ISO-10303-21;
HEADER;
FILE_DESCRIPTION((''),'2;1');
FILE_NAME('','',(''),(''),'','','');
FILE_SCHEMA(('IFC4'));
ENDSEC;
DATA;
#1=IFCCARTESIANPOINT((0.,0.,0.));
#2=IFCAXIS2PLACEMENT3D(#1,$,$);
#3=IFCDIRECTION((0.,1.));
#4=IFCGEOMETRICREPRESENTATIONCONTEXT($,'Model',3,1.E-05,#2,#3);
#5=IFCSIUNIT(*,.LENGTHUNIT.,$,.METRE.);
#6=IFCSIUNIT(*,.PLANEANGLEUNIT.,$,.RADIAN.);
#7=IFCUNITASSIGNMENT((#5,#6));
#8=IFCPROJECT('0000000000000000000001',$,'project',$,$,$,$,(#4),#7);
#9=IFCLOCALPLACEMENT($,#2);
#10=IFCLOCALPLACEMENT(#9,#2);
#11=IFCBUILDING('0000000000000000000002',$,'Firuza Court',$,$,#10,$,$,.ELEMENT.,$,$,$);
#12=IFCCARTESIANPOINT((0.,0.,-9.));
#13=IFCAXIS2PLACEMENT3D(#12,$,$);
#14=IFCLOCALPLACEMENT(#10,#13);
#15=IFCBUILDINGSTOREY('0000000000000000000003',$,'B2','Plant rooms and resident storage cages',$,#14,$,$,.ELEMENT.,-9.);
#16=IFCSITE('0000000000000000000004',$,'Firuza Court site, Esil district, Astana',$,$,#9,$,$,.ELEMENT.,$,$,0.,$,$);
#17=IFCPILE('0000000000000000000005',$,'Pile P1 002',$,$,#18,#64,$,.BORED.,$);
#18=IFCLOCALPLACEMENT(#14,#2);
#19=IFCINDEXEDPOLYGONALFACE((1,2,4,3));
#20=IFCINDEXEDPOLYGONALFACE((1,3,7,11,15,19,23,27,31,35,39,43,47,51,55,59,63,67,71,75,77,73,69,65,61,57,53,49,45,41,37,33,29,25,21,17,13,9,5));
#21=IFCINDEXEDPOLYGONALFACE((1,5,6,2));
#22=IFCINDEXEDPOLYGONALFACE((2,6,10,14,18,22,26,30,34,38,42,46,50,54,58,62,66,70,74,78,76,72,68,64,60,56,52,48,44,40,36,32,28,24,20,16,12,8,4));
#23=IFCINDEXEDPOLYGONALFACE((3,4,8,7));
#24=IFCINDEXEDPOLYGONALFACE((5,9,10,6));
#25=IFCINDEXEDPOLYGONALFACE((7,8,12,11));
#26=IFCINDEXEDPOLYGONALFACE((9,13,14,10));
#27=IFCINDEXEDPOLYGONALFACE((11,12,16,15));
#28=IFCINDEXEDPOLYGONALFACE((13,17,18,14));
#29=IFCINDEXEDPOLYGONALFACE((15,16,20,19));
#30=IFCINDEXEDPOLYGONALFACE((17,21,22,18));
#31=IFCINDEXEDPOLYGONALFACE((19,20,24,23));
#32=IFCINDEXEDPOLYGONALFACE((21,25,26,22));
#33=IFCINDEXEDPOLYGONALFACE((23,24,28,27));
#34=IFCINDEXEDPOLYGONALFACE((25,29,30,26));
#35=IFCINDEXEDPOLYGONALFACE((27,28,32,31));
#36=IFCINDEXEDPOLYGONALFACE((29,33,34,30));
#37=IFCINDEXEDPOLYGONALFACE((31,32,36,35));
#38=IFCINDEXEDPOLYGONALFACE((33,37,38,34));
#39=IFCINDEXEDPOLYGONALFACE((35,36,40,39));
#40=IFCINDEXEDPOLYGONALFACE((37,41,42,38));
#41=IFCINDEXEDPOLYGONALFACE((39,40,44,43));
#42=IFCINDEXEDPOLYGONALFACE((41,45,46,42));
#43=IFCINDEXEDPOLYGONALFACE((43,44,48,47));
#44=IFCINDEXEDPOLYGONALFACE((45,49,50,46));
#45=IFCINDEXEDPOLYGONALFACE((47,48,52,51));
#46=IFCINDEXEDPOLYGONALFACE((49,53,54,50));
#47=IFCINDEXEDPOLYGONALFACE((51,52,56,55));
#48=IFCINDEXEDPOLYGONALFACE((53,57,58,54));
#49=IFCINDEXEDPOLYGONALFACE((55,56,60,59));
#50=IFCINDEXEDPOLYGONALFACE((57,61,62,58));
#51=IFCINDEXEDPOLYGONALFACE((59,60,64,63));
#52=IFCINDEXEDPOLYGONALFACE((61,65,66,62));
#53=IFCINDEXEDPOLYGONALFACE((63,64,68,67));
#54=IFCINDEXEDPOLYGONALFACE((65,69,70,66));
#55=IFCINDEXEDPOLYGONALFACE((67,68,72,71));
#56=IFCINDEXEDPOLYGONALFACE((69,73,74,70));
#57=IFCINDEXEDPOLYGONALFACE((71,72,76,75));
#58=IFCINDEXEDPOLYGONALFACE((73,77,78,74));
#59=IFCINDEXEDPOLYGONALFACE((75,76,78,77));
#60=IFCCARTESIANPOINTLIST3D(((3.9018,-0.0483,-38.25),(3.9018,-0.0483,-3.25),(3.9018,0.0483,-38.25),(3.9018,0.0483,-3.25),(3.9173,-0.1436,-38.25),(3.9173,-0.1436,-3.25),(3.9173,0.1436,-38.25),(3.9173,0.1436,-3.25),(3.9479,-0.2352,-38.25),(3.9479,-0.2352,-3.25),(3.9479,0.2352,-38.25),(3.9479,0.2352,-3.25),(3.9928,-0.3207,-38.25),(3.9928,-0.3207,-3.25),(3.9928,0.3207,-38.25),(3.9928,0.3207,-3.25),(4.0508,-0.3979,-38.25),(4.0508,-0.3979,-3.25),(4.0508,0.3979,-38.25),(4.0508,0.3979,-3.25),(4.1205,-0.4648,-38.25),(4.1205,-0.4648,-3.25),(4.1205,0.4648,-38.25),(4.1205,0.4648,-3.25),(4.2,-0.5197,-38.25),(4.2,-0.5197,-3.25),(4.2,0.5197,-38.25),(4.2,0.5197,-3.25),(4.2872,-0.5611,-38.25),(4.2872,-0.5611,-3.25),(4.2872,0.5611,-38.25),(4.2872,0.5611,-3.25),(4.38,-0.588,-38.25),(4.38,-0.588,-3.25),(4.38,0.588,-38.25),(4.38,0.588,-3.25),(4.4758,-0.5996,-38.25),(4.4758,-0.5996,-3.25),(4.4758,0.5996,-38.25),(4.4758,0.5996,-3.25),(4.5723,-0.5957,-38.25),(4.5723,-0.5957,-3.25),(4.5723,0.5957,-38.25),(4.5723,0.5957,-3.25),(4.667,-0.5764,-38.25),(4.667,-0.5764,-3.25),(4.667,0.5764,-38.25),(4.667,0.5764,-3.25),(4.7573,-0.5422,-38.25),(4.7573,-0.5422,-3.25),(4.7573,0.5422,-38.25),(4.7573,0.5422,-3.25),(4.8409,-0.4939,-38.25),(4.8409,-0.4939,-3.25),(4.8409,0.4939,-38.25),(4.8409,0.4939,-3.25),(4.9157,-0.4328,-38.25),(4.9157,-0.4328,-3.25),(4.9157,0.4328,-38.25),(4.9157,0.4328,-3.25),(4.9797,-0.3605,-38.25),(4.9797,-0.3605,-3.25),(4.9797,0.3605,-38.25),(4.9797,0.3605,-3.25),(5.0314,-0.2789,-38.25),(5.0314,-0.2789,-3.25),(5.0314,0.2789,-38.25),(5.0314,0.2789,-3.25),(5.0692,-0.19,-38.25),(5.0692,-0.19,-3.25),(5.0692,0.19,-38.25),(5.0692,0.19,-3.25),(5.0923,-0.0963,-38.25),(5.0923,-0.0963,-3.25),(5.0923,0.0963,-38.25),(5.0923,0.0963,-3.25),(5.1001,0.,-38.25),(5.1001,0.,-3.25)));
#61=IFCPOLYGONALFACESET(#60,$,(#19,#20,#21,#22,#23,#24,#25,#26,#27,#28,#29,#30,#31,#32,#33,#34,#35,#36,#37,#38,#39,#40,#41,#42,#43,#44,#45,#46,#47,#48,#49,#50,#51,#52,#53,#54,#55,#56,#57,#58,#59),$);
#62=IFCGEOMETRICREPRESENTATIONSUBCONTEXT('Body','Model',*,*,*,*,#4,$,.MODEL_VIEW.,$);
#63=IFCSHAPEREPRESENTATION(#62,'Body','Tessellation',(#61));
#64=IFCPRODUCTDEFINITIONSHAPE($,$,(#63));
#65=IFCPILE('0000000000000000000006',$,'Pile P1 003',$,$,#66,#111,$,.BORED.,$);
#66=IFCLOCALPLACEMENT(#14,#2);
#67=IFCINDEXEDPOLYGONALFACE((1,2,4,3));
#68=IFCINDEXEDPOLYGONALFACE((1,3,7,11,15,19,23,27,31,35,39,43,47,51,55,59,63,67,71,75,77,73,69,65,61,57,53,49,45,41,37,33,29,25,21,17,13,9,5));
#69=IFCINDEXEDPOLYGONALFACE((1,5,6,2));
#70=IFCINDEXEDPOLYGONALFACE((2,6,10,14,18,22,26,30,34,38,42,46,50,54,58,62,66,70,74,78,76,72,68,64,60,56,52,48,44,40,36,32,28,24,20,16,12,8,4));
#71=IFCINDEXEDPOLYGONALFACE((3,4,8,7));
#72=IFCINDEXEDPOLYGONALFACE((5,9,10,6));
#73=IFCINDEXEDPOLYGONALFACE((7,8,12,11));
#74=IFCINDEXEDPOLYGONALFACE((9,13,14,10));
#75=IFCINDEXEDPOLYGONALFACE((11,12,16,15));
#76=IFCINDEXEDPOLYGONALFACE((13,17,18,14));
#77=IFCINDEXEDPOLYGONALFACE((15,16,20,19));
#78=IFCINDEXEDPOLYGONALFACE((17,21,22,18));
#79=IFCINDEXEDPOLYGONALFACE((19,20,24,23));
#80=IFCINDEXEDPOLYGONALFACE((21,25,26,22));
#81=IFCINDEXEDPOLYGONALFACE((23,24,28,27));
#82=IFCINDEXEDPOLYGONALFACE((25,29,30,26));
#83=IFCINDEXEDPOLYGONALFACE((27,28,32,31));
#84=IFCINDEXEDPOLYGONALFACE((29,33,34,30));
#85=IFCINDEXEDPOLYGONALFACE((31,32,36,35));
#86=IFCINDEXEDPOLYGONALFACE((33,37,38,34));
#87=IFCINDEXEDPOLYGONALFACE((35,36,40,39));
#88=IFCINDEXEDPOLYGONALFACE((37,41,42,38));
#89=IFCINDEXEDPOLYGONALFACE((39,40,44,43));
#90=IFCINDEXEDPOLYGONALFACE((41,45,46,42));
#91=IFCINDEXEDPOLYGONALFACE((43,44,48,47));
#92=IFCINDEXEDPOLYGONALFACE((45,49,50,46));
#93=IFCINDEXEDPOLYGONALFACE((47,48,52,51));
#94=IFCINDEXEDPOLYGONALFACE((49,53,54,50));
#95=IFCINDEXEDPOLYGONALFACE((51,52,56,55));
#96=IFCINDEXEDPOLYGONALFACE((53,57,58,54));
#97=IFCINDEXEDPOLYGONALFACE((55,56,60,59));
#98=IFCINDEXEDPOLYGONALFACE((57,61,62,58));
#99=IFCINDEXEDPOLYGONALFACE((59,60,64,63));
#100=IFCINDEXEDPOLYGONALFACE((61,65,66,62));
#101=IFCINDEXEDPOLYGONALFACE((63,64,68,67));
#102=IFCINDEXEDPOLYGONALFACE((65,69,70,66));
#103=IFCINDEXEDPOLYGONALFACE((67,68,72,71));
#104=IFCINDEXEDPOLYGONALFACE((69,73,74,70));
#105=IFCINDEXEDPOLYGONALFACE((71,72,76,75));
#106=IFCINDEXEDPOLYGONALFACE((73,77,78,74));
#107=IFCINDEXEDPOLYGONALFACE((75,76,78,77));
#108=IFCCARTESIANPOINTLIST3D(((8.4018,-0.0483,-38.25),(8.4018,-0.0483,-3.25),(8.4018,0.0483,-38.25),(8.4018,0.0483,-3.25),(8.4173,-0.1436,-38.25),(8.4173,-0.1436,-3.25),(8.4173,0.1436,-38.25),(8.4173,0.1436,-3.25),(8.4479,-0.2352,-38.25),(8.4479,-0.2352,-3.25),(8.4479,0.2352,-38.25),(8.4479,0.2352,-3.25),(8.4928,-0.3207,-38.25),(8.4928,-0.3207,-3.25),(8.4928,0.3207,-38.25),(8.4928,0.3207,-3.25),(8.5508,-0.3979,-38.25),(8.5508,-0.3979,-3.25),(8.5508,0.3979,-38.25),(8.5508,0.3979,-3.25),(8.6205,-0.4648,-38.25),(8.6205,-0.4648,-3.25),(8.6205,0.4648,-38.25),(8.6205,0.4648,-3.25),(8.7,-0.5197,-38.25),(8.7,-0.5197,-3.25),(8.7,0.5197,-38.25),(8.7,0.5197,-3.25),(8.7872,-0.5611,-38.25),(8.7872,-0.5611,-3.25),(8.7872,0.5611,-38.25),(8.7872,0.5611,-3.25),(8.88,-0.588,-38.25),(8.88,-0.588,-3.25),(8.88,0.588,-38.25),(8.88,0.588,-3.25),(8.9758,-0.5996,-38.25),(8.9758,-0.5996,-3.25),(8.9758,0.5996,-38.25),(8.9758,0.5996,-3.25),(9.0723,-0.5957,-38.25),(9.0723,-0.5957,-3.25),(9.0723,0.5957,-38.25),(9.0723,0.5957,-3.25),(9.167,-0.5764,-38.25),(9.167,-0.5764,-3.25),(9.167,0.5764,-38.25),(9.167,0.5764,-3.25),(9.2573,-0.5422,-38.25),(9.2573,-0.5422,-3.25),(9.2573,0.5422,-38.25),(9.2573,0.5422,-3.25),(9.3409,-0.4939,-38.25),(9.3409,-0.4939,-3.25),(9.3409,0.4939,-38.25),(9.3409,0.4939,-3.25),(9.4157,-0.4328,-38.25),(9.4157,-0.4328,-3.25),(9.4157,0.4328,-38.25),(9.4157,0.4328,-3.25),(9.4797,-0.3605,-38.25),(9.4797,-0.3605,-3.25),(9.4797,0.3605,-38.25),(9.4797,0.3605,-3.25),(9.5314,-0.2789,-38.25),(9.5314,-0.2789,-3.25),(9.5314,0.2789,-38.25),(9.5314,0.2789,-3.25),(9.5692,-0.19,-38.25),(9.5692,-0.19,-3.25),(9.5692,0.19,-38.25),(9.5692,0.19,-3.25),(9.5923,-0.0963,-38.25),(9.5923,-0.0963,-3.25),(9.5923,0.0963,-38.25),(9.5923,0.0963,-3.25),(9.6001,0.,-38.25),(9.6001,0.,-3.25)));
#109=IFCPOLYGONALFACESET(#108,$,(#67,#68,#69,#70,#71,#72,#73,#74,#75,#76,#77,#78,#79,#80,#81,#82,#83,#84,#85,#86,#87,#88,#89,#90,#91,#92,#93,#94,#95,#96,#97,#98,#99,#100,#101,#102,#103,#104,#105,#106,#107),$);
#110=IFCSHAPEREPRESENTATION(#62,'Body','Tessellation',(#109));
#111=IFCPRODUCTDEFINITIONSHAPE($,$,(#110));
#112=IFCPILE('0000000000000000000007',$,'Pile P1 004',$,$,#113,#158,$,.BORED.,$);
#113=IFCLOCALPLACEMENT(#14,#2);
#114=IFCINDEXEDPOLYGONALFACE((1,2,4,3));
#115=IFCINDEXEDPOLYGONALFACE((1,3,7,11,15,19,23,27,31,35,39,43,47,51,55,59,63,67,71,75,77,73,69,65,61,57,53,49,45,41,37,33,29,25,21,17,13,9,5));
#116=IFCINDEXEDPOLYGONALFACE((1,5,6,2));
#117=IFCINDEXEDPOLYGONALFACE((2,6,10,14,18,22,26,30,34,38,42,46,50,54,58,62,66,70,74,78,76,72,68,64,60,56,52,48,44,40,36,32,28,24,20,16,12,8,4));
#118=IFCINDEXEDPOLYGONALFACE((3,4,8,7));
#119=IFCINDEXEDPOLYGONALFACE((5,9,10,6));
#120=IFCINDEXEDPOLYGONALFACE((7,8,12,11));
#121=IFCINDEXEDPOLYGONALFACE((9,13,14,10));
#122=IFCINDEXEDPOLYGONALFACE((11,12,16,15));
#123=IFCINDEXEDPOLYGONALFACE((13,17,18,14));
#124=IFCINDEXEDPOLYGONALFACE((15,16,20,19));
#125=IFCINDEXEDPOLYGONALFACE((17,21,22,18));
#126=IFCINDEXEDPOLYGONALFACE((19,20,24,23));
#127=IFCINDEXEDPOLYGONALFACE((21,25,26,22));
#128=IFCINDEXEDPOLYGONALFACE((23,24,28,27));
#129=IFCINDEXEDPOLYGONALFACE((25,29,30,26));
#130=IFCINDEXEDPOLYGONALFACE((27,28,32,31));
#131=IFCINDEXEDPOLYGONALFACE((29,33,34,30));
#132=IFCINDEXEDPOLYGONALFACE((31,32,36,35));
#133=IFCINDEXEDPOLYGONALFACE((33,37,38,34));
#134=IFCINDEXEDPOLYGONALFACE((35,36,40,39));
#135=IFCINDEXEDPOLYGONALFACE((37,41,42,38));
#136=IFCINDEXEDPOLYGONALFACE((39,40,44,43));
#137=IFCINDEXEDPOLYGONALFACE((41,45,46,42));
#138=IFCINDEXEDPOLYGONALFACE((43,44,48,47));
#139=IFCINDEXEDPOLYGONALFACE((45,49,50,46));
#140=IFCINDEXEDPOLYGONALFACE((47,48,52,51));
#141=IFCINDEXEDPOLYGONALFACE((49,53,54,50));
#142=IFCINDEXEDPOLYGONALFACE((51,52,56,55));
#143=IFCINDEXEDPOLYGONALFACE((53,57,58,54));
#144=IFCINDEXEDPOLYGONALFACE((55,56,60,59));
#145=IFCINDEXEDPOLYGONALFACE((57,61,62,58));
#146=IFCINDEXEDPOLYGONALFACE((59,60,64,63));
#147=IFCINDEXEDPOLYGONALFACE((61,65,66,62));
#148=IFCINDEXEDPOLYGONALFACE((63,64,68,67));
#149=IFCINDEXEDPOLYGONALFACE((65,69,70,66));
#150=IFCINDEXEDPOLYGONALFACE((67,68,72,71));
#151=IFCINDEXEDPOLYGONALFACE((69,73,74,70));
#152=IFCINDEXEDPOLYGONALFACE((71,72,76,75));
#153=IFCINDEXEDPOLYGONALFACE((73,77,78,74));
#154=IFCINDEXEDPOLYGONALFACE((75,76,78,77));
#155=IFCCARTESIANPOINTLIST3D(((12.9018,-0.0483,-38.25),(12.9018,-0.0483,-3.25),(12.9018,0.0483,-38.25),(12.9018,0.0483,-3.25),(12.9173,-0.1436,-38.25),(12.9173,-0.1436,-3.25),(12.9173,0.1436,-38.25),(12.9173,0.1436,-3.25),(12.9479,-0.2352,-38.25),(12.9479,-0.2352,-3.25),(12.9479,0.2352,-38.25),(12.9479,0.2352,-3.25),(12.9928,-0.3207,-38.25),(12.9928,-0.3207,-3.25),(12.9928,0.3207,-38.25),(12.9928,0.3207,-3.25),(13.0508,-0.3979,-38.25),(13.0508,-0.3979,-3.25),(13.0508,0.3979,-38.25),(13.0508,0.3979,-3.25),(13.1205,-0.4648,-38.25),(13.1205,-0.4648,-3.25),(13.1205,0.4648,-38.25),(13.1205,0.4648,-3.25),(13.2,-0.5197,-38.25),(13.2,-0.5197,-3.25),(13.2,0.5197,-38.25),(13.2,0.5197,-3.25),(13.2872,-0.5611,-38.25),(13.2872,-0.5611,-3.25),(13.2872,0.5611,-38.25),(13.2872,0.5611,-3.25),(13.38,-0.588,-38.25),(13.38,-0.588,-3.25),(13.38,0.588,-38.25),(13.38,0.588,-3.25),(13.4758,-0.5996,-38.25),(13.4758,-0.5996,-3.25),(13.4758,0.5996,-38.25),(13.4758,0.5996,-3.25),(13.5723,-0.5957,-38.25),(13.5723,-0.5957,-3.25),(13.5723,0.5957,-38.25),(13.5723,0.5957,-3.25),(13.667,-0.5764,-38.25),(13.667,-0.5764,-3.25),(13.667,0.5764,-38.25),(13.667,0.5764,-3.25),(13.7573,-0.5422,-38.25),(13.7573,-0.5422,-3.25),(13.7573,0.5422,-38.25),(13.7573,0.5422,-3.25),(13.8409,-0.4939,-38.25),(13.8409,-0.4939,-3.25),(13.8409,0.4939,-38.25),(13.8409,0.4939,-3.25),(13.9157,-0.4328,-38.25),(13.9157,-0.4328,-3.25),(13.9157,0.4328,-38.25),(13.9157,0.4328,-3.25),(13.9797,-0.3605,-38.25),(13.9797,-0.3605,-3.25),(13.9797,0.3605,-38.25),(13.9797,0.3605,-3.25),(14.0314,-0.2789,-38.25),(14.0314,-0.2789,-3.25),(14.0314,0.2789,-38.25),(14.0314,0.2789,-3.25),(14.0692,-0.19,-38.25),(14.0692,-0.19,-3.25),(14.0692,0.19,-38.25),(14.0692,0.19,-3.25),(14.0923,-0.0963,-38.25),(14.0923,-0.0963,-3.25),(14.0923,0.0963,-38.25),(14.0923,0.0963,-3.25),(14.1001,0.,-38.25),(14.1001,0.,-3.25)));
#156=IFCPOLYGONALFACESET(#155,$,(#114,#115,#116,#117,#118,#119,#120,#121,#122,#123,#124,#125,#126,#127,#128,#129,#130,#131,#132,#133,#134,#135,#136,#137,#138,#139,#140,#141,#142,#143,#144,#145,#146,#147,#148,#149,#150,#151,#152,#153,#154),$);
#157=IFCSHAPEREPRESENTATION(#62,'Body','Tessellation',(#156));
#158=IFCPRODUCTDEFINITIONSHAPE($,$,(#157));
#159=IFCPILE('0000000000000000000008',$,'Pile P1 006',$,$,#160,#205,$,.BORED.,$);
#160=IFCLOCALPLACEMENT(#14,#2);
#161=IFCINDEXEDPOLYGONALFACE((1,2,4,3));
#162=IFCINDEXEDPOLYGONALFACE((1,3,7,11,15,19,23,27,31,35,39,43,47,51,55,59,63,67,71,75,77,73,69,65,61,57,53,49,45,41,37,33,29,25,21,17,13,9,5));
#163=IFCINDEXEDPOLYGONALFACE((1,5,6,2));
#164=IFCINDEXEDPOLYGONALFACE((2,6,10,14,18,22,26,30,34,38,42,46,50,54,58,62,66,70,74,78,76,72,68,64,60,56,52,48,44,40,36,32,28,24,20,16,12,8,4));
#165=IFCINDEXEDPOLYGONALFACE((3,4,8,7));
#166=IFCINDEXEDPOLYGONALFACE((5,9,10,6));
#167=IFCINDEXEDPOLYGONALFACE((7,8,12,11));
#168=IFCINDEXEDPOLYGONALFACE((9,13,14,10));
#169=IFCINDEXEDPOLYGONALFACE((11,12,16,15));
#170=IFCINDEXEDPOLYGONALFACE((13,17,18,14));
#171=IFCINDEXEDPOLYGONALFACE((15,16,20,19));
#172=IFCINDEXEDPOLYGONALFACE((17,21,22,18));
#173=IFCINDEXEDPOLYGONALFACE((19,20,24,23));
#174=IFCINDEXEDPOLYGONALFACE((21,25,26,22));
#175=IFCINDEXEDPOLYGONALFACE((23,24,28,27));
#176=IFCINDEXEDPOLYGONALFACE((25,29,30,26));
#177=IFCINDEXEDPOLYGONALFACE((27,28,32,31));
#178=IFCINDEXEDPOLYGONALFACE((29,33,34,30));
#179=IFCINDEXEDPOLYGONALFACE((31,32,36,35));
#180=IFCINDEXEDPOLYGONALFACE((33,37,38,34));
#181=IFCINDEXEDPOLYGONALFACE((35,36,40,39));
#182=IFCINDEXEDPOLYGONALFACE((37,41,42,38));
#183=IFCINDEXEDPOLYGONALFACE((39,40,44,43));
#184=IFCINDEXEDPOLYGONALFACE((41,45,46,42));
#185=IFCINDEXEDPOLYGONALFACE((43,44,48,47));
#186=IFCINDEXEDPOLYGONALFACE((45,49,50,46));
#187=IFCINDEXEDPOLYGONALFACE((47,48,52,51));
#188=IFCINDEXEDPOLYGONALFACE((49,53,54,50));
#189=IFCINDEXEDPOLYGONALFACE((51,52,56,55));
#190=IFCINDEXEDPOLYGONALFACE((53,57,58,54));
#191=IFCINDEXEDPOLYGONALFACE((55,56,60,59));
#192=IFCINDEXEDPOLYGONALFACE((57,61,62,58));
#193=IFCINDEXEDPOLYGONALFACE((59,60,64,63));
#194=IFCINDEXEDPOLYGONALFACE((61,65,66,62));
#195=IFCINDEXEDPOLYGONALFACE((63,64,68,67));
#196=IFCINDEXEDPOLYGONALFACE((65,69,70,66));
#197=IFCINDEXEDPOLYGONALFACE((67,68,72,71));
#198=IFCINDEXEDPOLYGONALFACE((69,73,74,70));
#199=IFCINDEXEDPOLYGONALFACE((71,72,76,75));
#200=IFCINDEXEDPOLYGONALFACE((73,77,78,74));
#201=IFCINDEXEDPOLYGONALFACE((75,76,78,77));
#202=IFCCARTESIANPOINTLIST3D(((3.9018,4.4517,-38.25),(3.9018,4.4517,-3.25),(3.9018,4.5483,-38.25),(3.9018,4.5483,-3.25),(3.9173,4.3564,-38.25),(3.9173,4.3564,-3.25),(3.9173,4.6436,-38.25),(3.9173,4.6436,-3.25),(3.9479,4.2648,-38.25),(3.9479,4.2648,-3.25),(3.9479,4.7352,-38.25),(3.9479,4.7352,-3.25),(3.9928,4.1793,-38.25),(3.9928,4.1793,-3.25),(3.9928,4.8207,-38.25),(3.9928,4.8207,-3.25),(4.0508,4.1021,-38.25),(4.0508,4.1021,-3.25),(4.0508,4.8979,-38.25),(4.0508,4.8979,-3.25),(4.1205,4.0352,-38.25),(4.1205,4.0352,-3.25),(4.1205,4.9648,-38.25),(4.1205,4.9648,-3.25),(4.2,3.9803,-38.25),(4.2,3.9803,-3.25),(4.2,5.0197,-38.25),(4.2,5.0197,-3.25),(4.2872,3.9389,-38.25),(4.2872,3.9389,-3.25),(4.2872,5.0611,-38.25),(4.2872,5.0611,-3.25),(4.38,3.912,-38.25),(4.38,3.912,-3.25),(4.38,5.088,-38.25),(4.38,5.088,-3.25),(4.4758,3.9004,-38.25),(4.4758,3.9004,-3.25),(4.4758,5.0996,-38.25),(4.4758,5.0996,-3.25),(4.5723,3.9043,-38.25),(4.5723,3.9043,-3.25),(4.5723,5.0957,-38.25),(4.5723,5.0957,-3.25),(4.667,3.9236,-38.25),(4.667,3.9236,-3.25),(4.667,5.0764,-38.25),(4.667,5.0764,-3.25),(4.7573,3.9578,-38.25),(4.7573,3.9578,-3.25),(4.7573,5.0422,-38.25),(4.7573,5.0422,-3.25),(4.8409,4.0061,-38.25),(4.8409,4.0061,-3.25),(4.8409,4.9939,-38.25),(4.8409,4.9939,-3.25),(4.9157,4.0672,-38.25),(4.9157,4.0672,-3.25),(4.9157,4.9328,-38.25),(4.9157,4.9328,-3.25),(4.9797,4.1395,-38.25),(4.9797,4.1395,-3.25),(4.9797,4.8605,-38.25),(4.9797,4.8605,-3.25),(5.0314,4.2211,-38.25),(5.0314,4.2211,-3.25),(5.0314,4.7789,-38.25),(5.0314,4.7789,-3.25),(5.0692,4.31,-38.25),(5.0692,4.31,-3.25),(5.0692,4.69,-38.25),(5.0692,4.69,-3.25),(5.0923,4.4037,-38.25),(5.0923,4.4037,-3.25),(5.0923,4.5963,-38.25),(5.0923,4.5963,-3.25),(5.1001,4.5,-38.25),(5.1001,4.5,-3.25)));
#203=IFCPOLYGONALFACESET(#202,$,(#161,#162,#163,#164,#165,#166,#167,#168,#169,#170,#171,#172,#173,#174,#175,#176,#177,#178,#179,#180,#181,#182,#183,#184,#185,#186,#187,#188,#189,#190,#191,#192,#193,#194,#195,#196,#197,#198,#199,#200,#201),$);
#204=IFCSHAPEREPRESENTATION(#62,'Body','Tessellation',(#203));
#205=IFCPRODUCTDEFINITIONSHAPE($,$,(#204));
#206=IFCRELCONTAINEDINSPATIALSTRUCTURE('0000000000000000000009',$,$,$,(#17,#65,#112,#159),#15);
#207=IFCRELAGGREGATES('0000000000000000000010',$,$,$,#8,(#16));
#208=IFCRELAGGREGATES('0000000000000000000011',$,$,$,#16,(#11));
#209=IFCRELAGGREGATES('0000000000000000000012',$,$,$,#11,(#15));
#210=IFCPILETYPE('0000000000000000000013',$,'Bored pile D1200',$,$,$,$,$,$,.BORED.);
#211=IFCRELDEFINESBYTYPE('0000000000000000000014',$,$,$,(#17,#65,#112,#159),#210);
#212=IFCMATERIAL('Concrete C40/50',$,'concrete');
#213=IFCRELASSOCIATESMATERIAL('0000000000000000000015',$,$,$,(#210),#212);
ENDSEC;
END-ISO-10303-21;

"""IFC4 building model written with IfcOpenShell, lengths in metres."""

from ifc_helpers import new_model, si_unit, direction, frame, origin, origin_2d, place, context, subcontext, project, spatial, circle, extrude, material, material_profile, profile_set, type_object, element, save


model = new_model("IFC4")

# Units and contexts
model_context = context("Model", 3, precision=1e-05, world=origin(), true_north=direction((0.0, 1.0)))
body_context = subcontext(model_context, "Body", "Model", "MODEL_VIEW")
ifc_project = project(units=[si_unit("LENGTHUNIT", "METRE"), si_unit("PLANEANGLEUNIT", "RADIAN")], contexts=[model_context])

# Site, building, storey
site_placement = place(None, origin())
site = spatial("IfcSite", under=ifc_project, at=site_placement, Name="Firuza Court site, Esil district, Astana", CompositionType="ELEMENT", RefElevation=0.0)
building_placement = place(site_placement, origin())
building = spatial("IfcBuilding", under=site, at=building_placement, Name="Firuza Court", CompositionType="ELEMENT")
storey_placement = place(building_placement, frame((0.0, 0.0, -9.0)))
storey = spatial("IfcBuildingStorey", under=building, at=storey_placement, Name="B2", Description="Plant rooms and resident storage cages", CompositionType="ELEMENT", Elevation=-9.0)

# Piles
ifc_material_1 = material(Name="Concrete C40/50", Category="concrete")
ifc_material_profile_1 = material_profile(ifc_material_1, circle(Radius=0.6001, at=origin_2d()), Name="Pile D1200")
ifc_profile_set_1 = profile_set([ifc_material_profile_1], Name="Concrete C40/50")
pile_type = type_object("IfcPileType", Name="Bored pile D1200", PredefinedType="BORED", material=ifc_profile_set_1)
for number, where, z_axis, x_axis, name in (
    (1, (4.5, 0.0, -3.25), (0.0, 0.0, -1.0), (1.0, 0.0, 0.0), "Pile P1 002"),
    (2, (9.0, 0.0, -3.25), (0.0, 0.0, -1.0), (1.0, 0.0, 0.0), "Pile P1 003"),
    (3, (13.5, 0.0, -3.25), (0.0, 0.0, -1.0), (1.0, 0.0, 0.0), "Pile P1 004"),
    (4, (4.5, 4.5, -3.25), (0.0, 0.0, -1.0), (1.0, 0.0, 0.0), "Pile P1 006"),
):
    element("IfcPile", number, at=place(storey_placement, frame(where, z_axis=z_axis, x_axis=x_axis)), inside=storey, type_object=pile_type, Name=name, PredefinedType="BORED", context=body_context, shape_type="SweptSolid", body=[
        extrude(circle(Radius=0.6001, at=origin_2d()), origin(), (0.0, 0.0, 1.0), 35.0),
    ])

save(model, "model.ifc")
